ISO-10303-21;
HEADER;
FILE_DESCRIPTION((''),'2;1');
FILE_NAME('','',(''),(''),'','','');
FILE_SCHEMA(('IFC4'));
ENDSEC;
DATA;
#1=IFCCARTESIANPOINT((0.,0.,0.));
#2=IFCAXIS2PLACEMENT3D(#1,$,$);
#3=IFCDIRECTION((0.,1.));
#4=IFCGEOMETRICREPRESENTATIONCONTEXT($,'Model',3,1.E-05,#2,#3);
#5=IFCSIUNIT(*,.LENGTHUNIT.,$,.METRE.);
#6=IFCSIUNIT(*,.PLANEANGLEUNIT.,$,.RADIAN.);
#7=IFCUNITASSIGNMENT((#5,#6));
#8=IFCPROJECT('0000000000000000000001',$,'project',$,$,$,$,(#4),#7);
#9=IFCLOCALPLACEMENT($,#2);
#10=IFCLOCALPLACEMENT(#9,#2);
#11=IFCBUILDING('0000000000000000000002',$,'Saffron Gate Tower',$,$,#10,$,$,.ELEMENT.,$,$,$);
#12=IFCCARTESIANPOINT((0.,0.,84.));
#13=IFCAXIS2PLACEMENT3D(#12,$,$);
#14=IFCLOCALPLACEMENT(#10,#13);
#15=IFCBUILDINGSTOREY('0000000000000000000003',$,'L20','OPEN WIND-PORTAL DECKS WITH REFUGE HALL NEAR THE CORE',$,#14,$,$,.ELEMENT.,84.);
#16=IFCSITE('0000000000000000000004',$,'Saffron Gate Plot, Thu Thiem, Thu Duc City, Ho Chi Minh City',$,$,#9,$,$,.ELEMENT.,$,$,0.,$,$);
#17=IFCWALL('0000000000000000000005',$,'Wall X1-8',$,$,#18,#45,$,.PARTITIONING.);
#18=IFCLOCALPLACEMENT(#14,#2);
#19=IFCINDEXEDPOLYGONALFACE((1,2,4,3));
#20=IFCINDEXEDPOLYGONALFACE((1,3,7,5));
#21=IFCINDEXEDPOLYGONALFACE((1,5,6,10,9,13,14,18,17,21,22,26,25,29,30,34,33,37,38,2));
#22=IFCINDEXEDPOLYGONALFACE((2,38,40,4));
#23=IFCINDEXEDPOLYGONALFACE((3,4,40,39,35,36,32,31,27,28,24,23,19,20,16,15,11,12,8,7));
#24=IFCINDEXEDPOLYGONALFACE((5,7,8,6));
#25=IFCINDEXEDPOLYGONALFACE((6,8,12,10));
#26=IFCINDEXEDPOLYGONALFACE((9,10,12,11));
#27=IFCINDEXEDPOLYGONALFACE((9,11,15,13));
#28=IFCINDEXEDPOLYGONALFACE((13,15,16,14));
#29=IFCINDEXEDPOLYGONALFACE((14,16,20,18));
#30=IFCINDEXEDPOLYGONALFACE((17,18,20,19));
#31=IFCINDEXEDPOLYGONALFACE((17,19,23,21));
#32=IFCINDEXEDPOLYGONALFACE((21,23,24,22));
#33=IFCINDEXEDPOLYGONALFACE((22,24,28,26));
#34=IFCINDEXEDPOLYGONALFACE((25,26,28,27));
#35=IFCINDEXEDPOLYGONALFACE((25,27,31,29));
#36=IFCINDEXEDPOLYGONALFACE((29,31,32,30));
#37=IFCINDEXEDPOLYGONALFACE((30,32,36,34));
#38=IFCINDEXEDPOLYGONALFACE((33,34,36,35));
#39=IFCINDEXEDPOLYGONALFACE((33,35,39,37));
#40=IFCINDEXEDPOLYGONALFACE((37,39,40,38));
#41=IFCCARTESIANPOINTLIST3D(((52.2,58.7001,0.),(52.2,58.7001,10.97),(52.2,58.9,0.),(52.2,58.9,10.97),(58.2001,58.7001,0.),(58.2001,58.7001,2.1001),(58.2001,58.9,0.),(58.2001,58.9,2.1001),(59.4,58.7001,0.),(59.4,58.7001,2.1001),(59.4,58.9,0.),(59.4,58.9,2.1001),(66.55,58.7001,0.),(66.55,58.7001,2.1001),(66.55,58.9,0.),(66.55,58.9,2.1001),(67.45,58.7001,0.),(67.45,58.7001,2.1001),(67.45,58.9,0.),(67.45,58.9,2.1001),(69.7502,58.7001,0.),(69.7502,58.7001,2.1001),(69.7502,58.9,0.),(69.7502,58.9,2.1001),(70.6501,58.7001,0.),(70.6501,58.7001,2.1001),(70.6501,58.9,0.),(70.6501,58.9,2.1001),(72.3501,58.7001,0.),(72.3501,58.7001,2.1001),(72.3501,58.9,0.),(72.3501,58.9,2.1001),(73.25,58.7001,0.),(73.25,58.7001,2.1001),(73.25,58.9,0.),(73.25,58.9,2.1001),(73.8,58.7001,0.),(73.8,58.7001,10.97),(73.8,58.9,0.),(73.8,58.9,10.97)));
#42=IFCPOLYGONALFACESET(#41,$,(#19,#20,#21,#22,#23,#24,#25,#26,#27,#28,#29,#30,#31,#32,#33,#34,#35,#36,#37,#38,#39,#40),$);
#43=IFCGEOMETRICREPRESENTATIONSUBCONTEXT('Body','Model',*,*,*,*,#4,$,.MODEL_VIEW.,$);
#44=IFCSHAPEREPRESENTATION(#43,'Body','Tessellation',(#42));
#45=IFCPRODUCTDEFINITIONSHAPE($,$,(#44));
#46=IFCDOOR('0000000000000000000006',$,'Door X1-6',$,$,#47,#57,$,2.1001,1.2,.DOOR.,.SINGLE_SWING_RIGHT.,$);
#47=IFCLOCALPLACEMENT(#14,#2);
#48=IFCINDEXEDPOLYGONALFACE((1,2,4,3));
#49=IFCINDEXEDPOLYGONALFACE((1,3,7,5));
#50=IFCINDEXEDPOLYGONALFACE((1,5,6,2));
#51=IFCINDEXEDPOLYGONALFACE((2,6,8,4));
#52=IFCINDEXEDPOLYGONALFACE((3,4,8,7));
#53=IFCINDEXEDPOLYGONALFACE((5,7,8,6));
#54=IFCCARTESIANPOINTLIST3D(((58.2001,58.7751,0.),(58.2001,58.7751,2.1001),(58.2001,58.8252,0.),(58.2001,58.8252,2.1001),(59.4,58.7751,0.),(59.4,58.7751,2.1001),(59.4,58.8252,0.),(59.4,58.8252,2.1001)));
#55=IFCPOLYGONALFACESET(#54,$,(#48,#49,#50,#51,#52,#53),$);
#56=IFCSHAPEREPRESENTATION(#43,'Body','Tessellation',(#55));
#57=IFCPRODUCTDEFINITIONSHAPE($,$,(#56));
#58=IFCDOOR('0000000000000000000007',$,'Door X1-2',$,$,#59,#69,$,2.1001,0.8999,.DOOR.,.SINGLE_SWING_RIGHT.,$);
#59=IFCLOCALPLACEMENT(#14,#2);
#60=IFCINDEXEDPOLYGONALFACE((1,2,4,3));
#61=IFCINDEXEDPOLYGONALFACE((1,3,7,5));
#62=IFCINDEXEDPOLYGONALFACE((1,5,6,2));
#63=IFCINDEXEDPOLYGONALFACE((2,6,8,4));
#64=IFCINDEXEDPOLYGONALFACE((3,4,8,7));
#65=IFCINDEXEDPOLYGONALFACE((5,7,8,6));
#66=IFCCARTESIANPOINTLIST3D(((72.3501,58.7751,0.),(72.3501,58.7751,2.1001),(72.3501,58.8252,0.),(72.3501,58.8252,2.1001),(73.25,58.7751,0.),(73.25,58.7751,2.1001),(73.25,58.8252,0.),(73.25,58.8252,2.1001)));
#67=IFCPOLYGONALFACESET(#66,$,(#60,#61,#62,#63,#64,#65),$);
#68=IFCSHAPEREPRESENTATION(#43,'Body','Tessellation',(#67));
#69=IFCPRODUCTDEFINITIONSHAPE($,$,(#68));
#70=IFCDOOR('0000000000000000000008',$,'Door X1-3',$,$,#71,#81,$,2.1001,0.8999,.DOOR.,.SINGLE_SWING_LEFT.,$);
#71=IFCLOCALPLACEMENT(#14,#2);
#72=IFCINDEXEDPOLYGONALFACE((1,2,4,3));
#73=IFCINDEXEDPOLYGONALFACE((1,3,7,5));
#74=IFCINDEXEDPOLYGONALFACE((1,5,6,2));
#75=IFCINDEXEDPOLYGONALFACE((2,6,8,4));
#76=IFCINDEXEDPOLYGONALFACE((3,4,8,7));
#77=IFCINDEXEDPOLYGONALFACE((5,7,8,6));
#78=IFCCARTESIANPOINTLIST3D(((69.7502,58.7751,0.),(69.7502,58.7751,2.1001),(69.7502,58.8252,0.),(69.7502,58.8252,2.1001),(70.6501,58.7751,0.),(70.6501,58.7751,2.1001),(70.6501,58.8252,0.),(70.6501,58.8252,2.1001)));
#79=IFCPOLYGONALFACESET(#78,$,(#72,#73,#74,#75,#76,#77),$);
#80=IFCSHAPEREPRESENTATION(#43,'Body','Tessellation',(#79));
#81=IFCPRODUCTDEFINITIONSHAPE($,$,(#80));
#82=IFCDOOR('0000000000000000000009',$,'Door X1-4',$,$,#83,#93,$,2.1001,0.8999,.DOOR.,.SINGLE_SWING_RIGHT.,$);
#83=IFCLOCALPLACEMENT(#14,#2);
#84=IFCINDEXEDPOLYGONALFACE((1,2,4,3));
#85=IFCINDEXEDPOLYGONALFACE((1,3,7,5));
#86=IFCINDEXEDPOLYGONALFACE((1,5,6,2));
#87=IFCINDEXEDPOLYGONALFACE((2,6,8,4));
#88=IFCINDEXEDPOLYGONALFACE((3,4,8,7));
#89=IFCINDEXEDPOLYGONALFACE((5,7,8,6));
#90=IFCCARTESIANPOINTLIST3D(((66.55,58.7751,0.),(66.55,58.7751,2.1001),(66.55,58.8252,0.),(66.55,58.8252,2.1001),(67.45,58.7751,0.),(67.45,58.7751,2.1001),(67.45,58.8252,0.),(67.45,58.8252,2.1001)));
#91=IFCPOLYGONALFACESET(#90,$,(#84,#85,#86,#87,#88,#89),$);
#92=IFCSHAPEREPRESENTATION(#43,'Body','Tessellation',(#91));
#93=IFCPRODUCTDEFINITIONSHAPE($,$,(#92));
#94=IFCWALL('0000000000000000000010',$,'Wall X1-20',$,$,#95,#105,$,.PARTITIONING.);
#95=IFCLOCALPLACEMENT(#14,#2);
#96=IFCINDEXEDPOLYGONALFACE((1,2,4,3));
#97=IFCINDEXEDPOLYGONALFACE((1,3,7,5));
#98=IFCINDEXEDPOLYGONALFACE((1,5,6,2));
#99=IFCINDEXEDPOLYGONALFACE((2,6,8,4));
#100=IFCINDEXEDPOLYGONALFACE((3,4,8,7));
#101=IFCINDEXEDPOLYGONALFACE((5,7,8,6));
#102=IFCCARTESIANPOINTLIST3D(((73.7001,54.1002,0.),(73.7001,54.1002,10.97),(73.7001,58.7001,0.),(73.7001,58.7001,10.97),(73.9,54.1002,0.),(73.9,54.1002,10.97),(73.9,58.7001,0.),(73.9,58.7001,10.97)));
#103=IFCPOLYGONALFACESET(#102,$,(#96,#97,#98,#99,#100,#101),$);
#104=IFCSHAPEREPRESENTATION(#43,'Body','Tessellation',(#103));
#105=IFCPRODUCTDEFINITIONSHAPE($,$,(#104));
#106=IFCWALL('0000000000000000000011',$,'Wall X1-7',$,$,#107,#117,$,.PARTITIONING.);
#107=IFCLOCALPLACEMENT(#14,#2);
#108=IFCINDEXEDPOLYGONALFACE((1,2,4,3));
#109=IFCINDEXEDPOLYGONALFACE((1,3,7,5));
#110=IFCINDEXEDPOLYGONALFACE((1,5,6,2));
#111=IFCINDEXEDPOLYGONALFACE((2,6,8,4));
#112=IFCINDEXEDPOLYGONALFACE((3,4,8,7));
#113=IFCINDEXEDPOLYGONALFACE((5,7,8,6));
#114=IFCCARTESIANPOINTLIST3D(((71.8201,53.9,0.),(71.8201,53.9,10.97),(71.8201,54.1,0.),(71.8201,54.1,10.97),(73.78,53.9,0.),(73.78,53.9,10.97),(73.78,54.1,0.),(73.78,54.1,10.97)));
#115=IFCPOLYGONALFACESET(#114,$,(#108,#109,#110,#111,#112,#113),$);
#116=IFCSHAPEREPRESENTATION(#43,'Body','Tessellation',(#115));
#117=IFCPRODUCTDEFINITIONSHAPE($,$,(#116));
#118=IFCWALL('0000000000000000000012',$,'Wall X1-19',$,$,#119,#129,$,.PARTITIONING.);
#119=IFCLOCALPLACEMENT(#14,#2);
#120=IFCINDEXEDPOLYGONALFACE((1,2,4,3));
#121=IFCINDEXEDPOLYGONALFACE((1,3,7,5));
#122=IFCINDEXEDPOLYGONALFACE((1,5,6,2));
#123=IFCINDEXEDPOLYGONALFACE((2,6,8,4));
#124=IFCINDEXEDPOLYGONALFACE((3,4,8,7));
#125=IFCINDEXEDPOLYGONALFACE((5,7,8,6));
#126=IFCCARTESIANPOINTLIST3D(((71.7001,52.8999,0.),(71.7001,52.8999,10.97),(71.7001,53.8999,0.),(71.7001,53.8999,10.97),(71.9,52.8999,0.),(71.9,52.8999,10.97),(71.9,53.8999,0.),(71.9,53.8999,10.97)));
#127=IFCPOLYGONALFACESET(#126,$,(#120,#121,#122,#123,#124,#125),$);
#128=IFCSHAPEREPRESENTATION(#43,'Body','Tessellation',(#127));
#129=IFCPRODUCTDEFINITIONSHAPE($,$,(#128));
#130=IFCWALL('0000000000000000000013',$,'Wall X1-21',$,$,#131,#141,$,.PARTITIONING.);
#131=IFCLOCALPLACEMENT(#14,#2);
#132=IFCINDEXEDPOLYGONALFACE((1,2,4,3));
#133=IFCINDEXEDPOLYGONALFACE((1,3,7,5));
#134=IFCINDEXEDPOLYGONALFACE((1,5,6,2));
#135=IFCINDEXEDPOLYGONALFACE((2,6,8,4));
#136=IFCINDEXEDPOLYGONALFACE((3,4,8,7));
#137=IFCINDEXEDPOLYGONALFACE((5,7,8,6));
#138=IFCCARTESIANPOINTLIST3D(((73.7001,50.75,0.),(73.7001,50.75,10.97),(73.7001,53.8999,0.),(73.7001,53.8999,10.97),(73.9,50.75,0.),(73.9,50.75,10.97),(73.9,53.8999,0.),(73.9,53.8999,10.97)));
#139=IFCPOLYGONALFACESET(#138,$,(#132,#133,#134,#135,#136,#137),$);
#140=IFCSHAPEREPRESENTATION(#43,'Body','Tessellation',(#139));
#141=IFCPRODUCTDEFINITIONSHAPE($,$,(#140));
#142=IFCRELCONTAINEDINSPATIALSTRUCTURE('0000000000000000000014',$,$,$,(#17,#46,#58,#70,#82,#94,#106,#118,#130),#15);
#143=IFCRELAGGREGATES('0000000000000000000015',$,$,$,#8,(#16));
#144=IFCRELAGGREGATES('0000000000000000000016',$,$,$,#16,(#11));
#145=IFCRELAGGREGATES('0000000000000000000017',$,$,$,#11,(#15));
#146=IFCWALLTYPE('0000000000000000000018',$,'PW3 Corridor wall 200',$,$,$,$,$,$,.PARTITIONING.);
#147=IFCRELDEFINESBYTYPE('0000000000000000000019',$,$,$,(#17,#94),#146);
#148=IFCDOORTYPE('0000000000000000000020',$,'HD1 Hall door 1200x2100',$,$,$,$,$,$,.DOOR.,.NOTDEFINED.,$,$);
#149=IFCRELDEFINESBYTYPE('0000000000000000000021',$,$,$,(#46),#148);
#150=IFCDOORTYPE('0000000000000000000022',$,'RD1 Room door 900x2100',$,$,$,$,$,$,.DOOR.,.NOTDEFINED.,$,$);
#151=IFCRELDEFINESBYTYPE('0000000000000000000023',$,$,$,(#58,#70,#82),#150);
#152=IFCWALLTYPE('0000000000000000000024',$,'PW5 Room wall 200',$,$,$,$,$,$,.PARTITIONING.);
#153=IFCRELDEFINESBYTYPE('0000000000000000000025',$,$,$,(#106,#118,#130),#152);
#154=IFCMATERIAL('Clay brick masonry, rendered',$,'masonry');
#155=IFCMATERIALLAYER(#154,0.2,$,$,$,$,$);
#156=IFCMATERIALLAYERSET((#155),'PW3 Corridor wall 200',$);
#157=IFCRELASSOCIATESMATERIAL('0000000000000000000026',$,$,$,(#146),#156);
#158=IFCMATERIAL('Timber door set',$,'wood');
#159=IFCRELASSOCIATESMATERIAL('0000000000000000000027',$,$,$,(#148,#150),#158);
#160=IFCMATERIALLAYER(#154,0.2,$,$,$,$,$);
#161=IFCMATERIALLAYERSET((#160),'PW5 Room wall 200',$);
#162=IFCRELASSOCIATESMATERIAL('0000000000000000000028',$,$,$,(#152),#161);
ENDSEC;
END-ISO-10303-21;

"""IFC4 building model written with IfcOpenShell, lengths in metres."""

from ifc_helpers import new_model, si_unit, direction, frame, frame_2d, origin, place, context, subcontext, project, spatial, rectangle, extrude, material, layer, layer_set, type_object, element, fill, save


model = new_model("IFC4")

# Units and contexts
model_context = context("Model", 3, precision=1e-05, world=origin(), true_north=direction((0.0, 1.0)))
body_context = subcontext(model_context, "Body", "Model", "MODEL_VIEW")
ifc_project = project(units=[si_unit("LENGTHUNIT", "METRE"), si_unit("PLANEANGLEUNIT", "RADIAN")], contexts=[model_context])

# Site, building, storey
site_placement = place(None, origin())
site = spatial("IfcSite", under=ifc_project, at=site_placement, Name="Saffron Gate Plot, Thu Thiem, Thu Duc City, Ho Chi Minh City", CompositionType="ELEMENT", RefElevation=0.0)
building_placement = place(site_placement, origin())
building = spatial("IfcBuilding", under=site, at=building_placement, Name="Saffron Gate Tower", CompositionType="ELEMENT")
storey_placement = place(building_placement, frame((0.0, 0.0, 84.0)))
storey = spatial("IfcBuildingStorey", under=building, at=storey_placement, Name="L20", Description="OPEN WIND-PORTAL DECKS WITH REFUGE HALL NEAR THE CORE", CompositionType="ELEMENT", Elevation=84.0)

# Shared definitions
ifc_material_1 = material(Name="Clay brick masonry, rendered", Category="masonry")

# Wall, openings, doors
ifc_layer_1 = layer(ifc_material_1, 0.2)
ifc_layer_set_1 = layer_set([ifc_layer_1], Name="PW3 Corridor wall 200")
wall_type_1 = type_object("IfcWallType", Name="PW3 Corridor wall 200", PredefinedType="PARTITIONING", material=ifc_layer_set_1)
wall_1_placement = place(storey_placement, frame((73.8, 58.8, 0.0), z_axis=(0.0, 0.0, 1.0), x_axis=(-1.0, 0.0, 0.0)))
wall_1 = element("IfcWall", 1, at=wall_1_placement, inside=storey, type_object=wall_type_1, Name="Wall X1-8", PredefinedType="PARTITIONING", context=body_context, shape_type="SweptSolid", body=[
    extrude(rectangle(XDim=21.6001, YDim=0.2, at=frame_2d((10.8, 0.0))), origin(), (0.0, 0.0, 1.0), 10.97),
])
opening_1_placement = place(wall_1_placement, frame((0.55, 0.0, 0.0)))
opening_1 = element("IfcOpeningElement", 2, at=opening_1_placement, cuts=wall_1, PredefinedType="OPENING", context=body_context, shape_type="SweptSolid", body=[
    extrude(rectangle(XDim=0.8999, YDim=2.1001, at=frame_2d((0.45, 1.05))), frame((0.0, 0.1099, 0.0), z_axis=(0.0, -1.0, 0.0), x_axis=(1.0, 0.0, 0.0)), (0.0, 0.0, 1.0), 0.22),
])
opening_2_placement = place(wall_1_placement, frame((3.1499, 0.0, 0.0)))
opening_2 = element("IfcOpeningElement", 3, at=opening_2_placement, cuts=wall_1, PredefinedType="OPENING", context=body_context, shape_type="SweptSolid", body=[
    extrude(rectangle(XDim=0.8999, YDim=2.1001, at=frame_2d((0.45, 1.05))), frame((0.0, 0.1099, 0.0), z_axis=(0.0, -1.0, 0.0), x_axis=(1.0, 0.0, 0.0)), (0.0, 0.0, 1.0), 0.22),
])
opening_3_placement = place(wall_1_placement, frame((6.3501, 0.0, 0.0)))
opening_3 = element("IfcOpeningElement", 4, at=opening_3_placement, cuts=wall_1, PredefinedType="OPENING", context=body_context, shape_type="SweptSolid", body=[
    extrude(rectangle(XDim=0.8999, YDim=2.1001, at=frame_2d((0.45, 1.05))), frame((0.0, 0.1099, 0.0), z_axis=(0.0, -1.0, 0.0), x_axis=(1.0, 0.0, 0.0)), (0.0, 0.0, 1.0), 0.22),
])
opening_4_placement = place(wall_1_placement, frame((14.3999, 0.0, 0.0)))
opening_4 = element("IfcOpeningElement", 5, at=opening_4_placement, cuts=wall_1, PredefinedType="OPENING", context=body_context, shape_type="SweptSolid", body=[
    extrude(rectangle(XDim=1.2, YDim=2.1001, at=frame_2d((0.6001, 1.05))), frame((0.0, 0.1099, 0.0), z_axis=(0.0, -1.0, 0.0), x_axis=(1.0, 0.0, 0.0)), (0.0, 0.0, 1.0), 0.22),
])
ifc_material_2 = material(Name="Timber door set", Category="wood")
door_type_1 = type_object("IfcDoorType", Name="HD1 Hall door 1200x2100", OperationType="NOTDEFINED", PredefinedType="DOOR", material=ifc_material_2)
door_1_placement = place(opening_4_placement, origin())
door_1 = element("IfcDoor", 6, at=door_1_placement, inside=storey, type_object=door_type_1, Name="Door X1-6", OperationType="SINGLE_SWING_RIGHT", OverallHeight=2.1001, OverallWidth=1.2, PredefinedType="DOOR", context=body_context, shape_type="SweptSolid", body=[
    extrude(rectangle(XDim=1.2, YDim=2.1001, at=frame_2d((0.6001, 1.05))), frame((0.0, 0.0249, 0.0), z_axis=(0.0, -1.0, 0.0), x_axis=(1.0, 0.0, 0.0)), (0.0, 0.0, 1.0), 0.05),
])
fill(opening_4, door_1)
door_type_2 = type_object("IfcDoorType", Name="RD1 Room door 900x2100", OperationType="NOTDEFINED", PredefinedType="DOOR", material=ifc_material_2)
door_2_placement = place(opening_1_placement, origin())
door_2 = element("IfcDoor", 7, at=door_2_placement, inside=storey, type_object=door_type_2, Name="Door X1-2", OperationType="SINGLE_SWING_RIGHT", OverallHeight=2.1001, OverallWidth=0.8999, PredefinedType="DOOR", context=body_context, shape_type="SweptSolid", body=[
    extrude(rectangle(XDim=0.8999, YDim=2.1001, at=frame_2d((0.45, 1.05))), frame((0.0, 0.0249, 0.0), z_axis=(0.0, -1.0, 0.0), x_axis=(1.0, 0.0, 0.0)), (0.0, 0.0, 1.0), 0.05),
])
fill(opening_1, door_2)
door_3_placement = place(opening_2_placement, origin())
door_3 = element("IfcDoor", 8, at=door_3_placement, inside=storey, type_object=door_type_2, Name="Door X1-3", OperationType="SINGLE_SWING_LEFT", OverallHeight=2.1001, OverallWidth=0.8999, PredefinedType="DOOR", context=body_context, shape_type="SweptSolid", body=[
    extrude(rectangle(XDim=0.8999, YDim=2.1001, at=frame_2d((0.45, 1.05))), frame((0.0, 0.0249, 0.0), z_axis=(0.0, -1.0, 0.0), x_axis=(1.0, 0.0, 0.0)), (0.0, 0.0, 1.0), 0.05),
])
fill(opening_2, door_3)
door_4_placement = place(opening_3_placement, origin())
door_4 = element("IfcDoor", 9, at=door_4_placement, inside=storey, type_object=door_type_2, Name="Door X1-4", OperationType="SINGLE_SWING_RIGHT", OverallHeight=2.1001, OverallWidth=0.8999, PredefinedType="DOOR", context=body_context, shape_type="SweptSolid", body=[
    extrude(rectangle(XDim=0.8999, YDim=2.1001, at=frame_2d((0.45, 1.05))), frame((0.0, 0.0249, 0.0), z_axis=(0.0, -1.0, 0.0), x_axis=(1.0, 0.0, 0.0)), (0.0, 0.0, 1.0), 0.05),
])
fill(opening_3, door_4)

# Walls
wall_2_placement = place(storey_placement, frame((73.8, 58.7, 0.0), z_axis=(0.0, 0.0, 1.0), x_axis=(0.0, -1.0, 0.0)))
element("IfcWall", 10, at=wall_2_placement, inside=storey, type_object=wall_type_1, Name="Wall X1-20", PredefinedType="PARTITIONING", context=body_context, shape_type="SweptSolid", body=[
    extrude(rectangle(XDim=4.5999, YDim=0.2, at=frame_2d((2.2998, 0.0))), origin(), (0.0, 0.0, 1.0), 10.97),
])
ifc_layer_2 = layer(ifc_material_1, 0.2)
ifc_layer_set_2 = layer_set([ifc_layer_2], Name="PW5 Room wall 200")
wall_type_2 = type_object("IfcWallType", Name="PW5 Room wall 200", PredefinedType="PARTITIONING", material=ifc_layer_set_2)
wall_3_placement = place(storey_placement, frame((71.8201, 54.0, 0.0), z_axis=(0.0, 0.0, 1.0), x_axis=(1.0, 0.0, 0.0)))
element("IfcWall", 11, at=wall_3_placement, inside=storey, type_object=wall_type_2, Name="Wall X1-7", PredefinedType="PARTITIONING", context=body_context, shape_type="SweptSolid", body=[
    extrude(rectangle(XDim=1.96, YDim=0.2, at=frame_2d((0.98, 0.0))), origin(), (0.0, 0.0, 1.0), 10.97),
])
wall_4_placement = place(storey_placement, frame((71.8, 53.8999, 0.0), z_axis=(0.0, 0.0, 1.0), x_axis=(0.0, -1.0, 0.0)))
element("IfcWall", 12, at=wall_4_placement, inside=storey, type_object=wall_type_2, Name="Wall X1-19", PredefinedType="PARTITIONING", context=body_context, shape_type="SweptSolid", body=[
    extrude(rectangle(XDim=1.0, YDim=0.2, at=frame_2d((0.5, 0.0))), origin(), (0.0, 0.0, 1.0), 10.97),
])
wall_5_placement = place(storey_placement, frame((73.8, 53.8999, 0.0), z_axis=(0.0, 0.0, 1.0), x_axis=(0.0, -1.0, 0.0)))
element("IfcWall", 13, at=wall_5_placement, inside=storey, type_object=wall_type_2, Name="Wall X1-21", PredefinedType="PARTITIONING", context=body_context, shape_type="SweptSolid", body=[
    extrude(rectangle(XDim=3.1499, YDim=0.2, at=frame_2d((1.575, 0.0))), origin(), (0.0, 0.0, 1.0), 10.97),
])

save(model, "model.ifc")
